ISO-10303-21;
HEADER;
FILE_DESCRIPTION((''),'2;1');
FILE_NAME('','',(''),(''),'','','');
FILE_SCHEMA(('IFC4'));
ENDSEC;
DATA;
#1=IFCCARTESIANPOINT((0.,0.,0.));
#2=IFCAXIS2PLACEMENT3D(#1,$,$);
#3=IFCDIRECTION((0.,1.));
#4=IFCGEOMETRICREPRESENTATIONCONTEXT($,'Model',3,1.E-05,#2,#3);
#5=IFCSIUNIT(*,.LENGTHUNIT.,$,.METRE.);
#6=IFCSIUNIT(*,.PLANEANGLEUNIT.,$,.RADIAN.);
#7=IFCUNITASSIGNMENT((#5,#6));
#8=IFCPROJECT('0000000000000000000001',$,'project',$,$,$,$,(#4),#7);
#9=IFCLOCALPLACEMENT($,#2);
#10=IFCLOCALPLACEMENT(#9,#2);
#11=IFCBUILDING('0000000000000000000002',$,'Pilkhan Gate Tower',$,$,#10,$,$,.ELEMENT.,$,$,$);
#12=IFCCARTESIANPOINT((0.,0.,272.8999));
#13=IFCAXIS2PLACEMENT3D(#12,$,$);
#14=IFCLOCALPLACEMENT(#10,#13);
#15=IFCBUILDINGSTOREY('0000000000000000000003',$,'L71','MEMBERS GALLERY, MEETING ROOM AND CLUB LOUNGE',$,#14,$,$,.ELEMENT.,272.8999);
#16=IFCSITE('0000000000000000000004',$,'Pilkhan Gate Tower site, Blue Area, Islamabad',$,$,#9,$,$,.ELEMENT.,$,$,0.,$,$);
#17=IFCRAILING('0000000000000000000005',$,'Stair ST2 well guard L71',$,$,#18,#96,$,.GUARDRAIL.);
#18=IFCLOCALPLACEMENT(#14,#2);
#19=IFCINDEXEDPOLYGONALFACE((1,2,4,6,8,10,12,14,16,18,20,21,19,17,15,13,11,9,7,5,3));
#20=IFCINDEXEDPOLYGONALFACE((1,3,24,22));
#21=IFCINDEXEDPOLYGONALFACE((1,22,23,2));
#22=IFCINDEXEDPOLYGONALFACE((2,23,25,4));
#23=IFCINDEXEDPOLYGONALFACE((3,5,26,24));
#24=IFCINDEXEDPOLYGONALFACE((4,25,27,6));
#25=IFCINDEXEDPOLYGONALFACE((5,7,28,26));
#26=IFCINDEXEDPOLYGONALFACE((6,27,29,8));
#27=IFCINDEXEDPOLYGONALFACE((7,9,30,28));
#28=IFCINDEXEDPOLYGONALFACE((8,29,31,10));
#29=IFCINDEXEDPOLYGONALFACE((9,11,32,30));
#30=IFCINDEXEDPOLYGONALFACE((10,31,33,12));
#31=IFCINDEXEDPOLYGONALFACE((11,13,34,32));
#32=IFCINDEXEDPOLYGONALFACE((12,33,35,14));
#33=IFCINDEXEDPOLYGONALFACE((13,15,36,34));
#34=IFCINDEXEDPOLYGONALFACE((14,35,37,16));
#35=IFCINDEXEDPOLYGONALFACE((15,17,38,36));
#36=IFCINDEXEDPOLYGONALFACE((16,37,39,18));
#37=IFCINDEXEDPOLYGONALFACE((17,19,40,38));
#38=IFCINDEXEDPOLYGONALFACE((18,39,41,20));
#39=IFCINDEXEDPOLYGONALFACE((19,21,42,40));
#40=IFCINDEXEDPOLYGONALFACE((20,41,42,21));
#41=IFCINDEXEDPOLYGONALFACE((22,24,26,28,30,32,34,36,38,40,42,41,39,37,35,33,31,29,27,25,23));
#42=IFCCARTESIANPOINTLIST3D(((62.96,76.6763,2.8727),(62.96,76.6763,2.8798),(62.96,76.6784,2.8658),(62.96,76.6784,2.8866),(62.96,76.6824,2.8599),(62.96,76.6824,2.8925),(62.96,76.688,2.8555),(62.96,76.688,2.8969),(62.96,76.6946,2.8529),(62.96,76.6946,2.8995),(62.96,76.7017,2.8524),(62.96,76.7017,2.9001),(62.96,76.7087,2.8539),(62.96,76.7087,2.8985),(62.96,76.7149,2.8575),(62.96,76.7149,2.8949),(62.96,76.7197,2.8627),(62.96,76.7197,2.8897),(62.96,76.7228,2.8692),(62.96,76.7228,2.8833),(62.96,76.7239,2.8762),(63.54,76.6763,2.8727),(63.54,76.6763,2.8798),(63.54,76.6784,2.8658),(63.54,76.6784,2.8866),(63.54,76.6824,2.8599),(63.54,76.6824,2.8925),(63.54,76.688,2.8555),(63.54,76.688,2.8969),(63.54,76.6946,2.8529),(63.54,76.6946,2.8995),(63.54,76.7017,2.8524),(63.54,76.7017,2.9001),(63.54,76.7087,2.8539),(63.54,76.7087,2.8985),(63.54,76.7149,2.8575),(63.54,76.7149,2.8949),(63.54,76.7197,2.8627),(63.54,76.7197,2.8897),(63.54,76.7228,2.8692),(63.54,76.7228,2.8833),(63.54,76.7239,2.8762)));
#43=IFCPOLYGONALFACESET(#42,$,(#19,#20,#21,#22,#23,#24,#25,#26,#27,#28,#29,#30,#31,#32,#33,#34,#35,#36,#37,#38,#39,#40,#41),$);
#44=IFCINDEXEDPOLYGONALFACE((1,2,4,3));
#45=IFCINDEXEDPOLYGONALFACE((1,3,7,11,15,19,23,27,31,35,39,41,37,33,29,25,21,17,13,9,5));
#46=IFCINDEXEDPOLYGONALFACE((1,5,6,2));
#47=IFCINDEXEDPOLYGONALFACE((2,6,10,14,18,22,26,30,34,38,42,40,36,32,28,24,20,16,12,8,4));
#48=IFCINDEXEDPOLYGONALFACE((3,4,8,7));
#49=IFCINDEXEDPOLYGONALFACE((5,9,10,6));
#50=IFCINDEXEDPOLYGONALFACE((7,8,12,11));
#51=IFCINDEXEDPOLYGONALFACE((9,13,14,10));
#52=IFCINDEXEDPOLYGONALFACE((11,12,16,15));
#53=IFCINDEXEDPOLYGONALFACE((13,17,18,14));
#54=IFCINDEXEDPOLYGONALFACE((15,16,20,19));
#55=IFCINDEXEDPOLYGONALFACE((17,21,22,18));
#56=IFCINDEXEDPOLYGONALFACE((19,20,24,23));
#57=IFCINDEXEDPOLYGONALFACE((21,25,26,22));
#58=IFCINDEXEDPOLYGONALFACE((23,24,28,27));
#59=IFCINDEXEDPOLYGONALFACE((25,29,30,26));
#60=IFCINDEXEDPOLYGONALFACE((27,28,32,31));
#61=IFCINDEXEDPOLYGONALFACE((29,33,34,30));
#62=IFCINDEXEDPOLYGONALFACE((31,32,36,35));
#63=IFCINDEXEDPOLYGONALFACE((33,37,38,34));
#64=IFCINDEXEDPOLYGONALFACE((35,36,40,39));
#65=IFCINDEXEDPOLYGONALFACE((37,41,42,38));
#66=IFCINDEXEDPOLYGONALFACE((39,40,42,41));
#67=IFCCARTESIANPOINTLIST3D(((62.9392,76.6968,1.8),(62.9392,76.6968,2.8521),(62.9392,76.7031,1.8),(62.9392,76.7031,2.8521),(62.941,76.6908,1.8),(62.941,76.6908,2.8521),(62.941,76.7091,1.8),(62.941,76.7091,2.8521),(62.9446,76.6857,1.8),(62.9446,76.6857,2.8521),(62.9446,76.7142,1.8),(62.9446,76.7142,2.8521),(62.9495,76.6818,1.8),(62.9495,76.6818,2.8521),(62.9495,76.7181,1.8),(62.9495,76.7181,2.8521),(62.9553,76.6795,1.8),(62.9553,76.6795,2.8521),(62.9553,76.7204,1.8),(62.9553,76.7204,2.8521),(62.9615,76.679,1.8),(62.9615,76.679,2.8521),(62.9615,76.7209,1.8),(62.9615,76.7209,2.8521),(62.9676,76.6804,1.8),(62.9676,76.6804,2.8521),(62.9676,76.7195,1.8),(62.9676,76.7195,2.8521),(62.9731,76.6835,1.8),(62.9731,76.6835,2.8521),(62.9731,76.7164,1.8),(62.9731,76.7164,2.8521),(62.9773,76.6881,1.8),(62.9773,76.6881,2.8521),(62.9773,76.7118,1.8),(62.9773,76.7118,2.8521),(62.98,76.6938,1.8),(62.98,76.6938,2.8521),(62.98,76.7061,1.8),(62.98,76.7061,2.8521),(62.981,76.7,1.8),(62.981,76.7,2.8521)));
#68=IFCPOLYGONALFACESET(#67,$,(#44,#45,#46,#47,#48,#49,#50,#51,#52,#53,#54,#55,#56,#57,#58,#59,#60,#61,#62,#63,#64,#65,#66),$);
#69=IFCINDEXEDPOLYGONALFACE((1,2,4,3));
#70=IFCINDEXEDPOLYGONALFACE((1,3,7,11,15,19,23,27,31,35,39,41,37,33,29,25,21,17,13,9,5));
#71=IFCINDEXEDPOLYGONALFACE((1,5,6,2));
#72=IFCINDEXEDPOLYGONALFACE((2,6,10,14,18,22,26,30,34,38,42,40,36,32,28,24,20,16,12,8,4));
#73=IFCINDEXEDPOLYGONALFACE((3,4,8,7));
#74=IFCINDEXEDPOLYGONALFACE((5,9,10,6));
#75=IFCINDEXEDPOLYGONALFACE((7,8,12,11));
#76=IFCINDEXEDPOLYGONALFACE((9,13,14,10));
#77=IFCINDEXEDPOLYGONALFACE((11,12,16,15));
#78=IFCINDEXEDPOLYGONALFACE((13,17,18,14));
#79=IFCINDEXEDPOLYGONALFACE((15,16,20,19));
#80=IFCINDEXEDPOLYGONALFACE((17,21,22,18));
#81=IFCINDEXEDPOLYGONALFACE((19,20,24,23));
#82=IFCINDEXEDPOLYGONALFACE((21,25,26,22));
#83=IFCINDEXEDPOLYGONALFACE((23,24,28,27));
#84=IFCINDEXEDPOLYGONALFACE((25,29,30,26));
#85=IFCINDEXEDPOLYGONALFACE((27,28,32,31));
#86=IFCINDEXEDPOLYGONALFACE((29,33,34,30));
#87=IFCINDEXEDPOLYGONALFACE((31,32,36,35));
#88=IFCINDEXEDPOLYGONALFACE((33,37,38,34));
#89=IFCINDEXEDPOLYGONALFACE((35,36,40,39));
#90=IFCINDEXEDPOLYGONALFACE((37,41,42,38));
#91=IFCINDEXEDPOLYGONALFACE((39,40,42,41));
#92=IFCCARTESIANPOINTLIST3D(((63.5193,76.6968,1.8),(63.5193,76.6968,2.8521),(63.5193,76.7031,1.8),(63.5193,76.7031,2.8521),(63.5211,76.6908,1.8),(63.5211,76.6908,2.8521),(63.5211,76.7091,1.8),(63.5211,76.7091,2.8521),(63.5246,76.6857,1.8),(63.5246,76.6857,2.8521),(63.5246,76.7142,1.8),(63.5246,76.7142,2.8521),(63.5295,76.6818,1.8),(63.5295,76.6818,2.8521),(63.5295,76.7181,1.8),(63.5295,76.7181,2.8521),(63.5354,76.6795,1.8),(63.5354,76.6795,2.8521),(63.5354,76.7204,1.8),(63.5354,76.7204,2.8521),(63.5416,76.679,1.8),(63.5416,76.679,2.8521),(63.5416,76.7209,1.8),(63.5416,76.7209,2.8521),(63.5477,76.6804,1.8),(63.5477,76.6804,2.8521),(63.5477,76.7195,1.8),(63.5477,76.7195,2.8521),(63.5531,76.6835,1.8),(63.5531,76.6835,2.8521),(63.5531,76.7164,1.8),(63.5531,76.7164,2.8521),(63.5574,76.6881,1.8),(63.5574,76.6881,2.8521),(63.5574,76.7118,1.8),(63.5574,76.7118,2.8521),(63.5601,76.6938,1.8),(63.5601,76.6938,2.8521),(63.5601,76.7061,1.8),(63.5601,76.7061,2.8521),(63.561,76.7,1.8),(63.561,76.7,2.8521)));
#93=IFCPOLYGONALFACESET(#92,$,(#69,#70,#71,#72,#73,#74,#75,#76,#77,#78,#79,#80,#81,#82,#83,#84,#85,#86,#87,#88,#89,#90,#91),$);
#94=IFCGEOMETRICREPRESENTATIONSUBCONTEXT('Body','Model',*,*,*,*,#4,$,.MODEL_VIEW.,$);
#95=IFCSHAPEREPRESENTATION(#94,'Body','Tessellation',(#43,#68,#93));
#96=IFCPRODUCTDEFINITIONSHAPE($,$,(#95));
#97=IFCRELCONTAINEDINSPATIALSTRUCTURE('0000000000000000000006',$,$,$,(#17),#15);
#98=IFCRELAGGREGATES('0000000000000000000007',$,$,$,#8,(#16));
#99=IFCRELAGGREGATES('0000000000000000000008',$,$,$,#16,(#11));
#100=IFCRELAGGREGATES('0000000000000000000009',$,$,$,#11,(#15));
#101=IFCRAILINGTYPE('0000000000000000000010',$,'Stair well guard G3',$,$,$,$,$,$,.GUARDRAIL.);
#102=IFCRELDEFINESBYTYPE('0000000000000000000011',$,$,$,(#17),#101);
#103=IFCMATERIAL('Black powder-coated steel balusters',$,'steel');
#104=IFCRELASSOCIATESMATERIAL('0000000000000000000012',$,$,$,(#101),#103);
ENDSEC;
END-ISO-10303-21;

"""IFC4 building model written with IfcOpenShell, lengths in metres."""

from ifc_helpers import new_model, si_unit, direction, frame, origin, origin_2d, place, context, subcontext, project, spatial, circle, extrude, material, type_object, element, save


model = new_model("IFC4")

# Units and contexts
model_context = context("Model", 3, precision=1e-05, world=origin(), true_north=direction((0.0, 1.0)))
body_context = subcontext(model_context, "Body", "Model", "MODEL_VIEW")
ifc_project = project(units=[si_unit("LENGTHUNIT", "METRE"), si_unit("PLANEANGLEUNIT", "RADIAN")], contexts=[model_context])

# Site, building, storey
site_placement = place(None, origin())
site = spatial("IfcSite", under=ifc_project, at=site_placement, Name="Pilkhan Gate Tower site, Blue Area, Islamabad", CompositionType="ELEMENT", RefElevation=0.0)
building_placement = place(site_placement, origin())
building = spatial("IfcBuilding", under=site, at=building_placement, Name="Pilkhan Gate Tower", CompositionType="ELEMENT")
storey_placement = place(building_placement, frame((0.0, 0.0, 272.8999)))
storey = spatial("IfcBuildingStorey", under=building, at=storey_placement, Name="L71", Description="MEMBERS GALLERY, MEETING ROOM AND CLUB LOUNGE", CompositionType="ELEMENT", Elevation=272.8999)

# Railing
ifc_material_1 = material(Name="Black powder-coated steel balusters", Category="steel")
railing_type_1 = type_object("IfcRailingType", Name="Stair well guard G3", PredefinedType="GUARDRAIL", material=ifc_material_1)
for number, where, name in (
    (1, (62.96, 76.7, 1.8), "Stair ST2 well guard L71"),
):
    element("IfcRailing", number, at=place(storey_placement, frame(where)), inside=storey, type_object=railing_type_1, Name=name, PredefinedType="GUARDRAIL", context=body_context, shape_type="SweptSolid", body=[
        extrude(circle(Radius=0.0239, at=origin_2d()), frame((0.0, 0.0, 1.0762), z_axis=(1.0, 0.0, 0.0), x_axis=(0.0, 1.0, 0.0)), (0.0, 0.0, 1.0), 0.5801),
        extrude(circle(Radius=0.021, at=origin_2d()), origin(), (0.0, 0.0, 1.0), 1.052),
        extrude(circle(Radius=0.021, at=origin_2d()), frame((0.5801, 0.0, 0.0)), (0.0, 0.0, 1.0), 1.052),
    ])

save(model, "model.ifc")
